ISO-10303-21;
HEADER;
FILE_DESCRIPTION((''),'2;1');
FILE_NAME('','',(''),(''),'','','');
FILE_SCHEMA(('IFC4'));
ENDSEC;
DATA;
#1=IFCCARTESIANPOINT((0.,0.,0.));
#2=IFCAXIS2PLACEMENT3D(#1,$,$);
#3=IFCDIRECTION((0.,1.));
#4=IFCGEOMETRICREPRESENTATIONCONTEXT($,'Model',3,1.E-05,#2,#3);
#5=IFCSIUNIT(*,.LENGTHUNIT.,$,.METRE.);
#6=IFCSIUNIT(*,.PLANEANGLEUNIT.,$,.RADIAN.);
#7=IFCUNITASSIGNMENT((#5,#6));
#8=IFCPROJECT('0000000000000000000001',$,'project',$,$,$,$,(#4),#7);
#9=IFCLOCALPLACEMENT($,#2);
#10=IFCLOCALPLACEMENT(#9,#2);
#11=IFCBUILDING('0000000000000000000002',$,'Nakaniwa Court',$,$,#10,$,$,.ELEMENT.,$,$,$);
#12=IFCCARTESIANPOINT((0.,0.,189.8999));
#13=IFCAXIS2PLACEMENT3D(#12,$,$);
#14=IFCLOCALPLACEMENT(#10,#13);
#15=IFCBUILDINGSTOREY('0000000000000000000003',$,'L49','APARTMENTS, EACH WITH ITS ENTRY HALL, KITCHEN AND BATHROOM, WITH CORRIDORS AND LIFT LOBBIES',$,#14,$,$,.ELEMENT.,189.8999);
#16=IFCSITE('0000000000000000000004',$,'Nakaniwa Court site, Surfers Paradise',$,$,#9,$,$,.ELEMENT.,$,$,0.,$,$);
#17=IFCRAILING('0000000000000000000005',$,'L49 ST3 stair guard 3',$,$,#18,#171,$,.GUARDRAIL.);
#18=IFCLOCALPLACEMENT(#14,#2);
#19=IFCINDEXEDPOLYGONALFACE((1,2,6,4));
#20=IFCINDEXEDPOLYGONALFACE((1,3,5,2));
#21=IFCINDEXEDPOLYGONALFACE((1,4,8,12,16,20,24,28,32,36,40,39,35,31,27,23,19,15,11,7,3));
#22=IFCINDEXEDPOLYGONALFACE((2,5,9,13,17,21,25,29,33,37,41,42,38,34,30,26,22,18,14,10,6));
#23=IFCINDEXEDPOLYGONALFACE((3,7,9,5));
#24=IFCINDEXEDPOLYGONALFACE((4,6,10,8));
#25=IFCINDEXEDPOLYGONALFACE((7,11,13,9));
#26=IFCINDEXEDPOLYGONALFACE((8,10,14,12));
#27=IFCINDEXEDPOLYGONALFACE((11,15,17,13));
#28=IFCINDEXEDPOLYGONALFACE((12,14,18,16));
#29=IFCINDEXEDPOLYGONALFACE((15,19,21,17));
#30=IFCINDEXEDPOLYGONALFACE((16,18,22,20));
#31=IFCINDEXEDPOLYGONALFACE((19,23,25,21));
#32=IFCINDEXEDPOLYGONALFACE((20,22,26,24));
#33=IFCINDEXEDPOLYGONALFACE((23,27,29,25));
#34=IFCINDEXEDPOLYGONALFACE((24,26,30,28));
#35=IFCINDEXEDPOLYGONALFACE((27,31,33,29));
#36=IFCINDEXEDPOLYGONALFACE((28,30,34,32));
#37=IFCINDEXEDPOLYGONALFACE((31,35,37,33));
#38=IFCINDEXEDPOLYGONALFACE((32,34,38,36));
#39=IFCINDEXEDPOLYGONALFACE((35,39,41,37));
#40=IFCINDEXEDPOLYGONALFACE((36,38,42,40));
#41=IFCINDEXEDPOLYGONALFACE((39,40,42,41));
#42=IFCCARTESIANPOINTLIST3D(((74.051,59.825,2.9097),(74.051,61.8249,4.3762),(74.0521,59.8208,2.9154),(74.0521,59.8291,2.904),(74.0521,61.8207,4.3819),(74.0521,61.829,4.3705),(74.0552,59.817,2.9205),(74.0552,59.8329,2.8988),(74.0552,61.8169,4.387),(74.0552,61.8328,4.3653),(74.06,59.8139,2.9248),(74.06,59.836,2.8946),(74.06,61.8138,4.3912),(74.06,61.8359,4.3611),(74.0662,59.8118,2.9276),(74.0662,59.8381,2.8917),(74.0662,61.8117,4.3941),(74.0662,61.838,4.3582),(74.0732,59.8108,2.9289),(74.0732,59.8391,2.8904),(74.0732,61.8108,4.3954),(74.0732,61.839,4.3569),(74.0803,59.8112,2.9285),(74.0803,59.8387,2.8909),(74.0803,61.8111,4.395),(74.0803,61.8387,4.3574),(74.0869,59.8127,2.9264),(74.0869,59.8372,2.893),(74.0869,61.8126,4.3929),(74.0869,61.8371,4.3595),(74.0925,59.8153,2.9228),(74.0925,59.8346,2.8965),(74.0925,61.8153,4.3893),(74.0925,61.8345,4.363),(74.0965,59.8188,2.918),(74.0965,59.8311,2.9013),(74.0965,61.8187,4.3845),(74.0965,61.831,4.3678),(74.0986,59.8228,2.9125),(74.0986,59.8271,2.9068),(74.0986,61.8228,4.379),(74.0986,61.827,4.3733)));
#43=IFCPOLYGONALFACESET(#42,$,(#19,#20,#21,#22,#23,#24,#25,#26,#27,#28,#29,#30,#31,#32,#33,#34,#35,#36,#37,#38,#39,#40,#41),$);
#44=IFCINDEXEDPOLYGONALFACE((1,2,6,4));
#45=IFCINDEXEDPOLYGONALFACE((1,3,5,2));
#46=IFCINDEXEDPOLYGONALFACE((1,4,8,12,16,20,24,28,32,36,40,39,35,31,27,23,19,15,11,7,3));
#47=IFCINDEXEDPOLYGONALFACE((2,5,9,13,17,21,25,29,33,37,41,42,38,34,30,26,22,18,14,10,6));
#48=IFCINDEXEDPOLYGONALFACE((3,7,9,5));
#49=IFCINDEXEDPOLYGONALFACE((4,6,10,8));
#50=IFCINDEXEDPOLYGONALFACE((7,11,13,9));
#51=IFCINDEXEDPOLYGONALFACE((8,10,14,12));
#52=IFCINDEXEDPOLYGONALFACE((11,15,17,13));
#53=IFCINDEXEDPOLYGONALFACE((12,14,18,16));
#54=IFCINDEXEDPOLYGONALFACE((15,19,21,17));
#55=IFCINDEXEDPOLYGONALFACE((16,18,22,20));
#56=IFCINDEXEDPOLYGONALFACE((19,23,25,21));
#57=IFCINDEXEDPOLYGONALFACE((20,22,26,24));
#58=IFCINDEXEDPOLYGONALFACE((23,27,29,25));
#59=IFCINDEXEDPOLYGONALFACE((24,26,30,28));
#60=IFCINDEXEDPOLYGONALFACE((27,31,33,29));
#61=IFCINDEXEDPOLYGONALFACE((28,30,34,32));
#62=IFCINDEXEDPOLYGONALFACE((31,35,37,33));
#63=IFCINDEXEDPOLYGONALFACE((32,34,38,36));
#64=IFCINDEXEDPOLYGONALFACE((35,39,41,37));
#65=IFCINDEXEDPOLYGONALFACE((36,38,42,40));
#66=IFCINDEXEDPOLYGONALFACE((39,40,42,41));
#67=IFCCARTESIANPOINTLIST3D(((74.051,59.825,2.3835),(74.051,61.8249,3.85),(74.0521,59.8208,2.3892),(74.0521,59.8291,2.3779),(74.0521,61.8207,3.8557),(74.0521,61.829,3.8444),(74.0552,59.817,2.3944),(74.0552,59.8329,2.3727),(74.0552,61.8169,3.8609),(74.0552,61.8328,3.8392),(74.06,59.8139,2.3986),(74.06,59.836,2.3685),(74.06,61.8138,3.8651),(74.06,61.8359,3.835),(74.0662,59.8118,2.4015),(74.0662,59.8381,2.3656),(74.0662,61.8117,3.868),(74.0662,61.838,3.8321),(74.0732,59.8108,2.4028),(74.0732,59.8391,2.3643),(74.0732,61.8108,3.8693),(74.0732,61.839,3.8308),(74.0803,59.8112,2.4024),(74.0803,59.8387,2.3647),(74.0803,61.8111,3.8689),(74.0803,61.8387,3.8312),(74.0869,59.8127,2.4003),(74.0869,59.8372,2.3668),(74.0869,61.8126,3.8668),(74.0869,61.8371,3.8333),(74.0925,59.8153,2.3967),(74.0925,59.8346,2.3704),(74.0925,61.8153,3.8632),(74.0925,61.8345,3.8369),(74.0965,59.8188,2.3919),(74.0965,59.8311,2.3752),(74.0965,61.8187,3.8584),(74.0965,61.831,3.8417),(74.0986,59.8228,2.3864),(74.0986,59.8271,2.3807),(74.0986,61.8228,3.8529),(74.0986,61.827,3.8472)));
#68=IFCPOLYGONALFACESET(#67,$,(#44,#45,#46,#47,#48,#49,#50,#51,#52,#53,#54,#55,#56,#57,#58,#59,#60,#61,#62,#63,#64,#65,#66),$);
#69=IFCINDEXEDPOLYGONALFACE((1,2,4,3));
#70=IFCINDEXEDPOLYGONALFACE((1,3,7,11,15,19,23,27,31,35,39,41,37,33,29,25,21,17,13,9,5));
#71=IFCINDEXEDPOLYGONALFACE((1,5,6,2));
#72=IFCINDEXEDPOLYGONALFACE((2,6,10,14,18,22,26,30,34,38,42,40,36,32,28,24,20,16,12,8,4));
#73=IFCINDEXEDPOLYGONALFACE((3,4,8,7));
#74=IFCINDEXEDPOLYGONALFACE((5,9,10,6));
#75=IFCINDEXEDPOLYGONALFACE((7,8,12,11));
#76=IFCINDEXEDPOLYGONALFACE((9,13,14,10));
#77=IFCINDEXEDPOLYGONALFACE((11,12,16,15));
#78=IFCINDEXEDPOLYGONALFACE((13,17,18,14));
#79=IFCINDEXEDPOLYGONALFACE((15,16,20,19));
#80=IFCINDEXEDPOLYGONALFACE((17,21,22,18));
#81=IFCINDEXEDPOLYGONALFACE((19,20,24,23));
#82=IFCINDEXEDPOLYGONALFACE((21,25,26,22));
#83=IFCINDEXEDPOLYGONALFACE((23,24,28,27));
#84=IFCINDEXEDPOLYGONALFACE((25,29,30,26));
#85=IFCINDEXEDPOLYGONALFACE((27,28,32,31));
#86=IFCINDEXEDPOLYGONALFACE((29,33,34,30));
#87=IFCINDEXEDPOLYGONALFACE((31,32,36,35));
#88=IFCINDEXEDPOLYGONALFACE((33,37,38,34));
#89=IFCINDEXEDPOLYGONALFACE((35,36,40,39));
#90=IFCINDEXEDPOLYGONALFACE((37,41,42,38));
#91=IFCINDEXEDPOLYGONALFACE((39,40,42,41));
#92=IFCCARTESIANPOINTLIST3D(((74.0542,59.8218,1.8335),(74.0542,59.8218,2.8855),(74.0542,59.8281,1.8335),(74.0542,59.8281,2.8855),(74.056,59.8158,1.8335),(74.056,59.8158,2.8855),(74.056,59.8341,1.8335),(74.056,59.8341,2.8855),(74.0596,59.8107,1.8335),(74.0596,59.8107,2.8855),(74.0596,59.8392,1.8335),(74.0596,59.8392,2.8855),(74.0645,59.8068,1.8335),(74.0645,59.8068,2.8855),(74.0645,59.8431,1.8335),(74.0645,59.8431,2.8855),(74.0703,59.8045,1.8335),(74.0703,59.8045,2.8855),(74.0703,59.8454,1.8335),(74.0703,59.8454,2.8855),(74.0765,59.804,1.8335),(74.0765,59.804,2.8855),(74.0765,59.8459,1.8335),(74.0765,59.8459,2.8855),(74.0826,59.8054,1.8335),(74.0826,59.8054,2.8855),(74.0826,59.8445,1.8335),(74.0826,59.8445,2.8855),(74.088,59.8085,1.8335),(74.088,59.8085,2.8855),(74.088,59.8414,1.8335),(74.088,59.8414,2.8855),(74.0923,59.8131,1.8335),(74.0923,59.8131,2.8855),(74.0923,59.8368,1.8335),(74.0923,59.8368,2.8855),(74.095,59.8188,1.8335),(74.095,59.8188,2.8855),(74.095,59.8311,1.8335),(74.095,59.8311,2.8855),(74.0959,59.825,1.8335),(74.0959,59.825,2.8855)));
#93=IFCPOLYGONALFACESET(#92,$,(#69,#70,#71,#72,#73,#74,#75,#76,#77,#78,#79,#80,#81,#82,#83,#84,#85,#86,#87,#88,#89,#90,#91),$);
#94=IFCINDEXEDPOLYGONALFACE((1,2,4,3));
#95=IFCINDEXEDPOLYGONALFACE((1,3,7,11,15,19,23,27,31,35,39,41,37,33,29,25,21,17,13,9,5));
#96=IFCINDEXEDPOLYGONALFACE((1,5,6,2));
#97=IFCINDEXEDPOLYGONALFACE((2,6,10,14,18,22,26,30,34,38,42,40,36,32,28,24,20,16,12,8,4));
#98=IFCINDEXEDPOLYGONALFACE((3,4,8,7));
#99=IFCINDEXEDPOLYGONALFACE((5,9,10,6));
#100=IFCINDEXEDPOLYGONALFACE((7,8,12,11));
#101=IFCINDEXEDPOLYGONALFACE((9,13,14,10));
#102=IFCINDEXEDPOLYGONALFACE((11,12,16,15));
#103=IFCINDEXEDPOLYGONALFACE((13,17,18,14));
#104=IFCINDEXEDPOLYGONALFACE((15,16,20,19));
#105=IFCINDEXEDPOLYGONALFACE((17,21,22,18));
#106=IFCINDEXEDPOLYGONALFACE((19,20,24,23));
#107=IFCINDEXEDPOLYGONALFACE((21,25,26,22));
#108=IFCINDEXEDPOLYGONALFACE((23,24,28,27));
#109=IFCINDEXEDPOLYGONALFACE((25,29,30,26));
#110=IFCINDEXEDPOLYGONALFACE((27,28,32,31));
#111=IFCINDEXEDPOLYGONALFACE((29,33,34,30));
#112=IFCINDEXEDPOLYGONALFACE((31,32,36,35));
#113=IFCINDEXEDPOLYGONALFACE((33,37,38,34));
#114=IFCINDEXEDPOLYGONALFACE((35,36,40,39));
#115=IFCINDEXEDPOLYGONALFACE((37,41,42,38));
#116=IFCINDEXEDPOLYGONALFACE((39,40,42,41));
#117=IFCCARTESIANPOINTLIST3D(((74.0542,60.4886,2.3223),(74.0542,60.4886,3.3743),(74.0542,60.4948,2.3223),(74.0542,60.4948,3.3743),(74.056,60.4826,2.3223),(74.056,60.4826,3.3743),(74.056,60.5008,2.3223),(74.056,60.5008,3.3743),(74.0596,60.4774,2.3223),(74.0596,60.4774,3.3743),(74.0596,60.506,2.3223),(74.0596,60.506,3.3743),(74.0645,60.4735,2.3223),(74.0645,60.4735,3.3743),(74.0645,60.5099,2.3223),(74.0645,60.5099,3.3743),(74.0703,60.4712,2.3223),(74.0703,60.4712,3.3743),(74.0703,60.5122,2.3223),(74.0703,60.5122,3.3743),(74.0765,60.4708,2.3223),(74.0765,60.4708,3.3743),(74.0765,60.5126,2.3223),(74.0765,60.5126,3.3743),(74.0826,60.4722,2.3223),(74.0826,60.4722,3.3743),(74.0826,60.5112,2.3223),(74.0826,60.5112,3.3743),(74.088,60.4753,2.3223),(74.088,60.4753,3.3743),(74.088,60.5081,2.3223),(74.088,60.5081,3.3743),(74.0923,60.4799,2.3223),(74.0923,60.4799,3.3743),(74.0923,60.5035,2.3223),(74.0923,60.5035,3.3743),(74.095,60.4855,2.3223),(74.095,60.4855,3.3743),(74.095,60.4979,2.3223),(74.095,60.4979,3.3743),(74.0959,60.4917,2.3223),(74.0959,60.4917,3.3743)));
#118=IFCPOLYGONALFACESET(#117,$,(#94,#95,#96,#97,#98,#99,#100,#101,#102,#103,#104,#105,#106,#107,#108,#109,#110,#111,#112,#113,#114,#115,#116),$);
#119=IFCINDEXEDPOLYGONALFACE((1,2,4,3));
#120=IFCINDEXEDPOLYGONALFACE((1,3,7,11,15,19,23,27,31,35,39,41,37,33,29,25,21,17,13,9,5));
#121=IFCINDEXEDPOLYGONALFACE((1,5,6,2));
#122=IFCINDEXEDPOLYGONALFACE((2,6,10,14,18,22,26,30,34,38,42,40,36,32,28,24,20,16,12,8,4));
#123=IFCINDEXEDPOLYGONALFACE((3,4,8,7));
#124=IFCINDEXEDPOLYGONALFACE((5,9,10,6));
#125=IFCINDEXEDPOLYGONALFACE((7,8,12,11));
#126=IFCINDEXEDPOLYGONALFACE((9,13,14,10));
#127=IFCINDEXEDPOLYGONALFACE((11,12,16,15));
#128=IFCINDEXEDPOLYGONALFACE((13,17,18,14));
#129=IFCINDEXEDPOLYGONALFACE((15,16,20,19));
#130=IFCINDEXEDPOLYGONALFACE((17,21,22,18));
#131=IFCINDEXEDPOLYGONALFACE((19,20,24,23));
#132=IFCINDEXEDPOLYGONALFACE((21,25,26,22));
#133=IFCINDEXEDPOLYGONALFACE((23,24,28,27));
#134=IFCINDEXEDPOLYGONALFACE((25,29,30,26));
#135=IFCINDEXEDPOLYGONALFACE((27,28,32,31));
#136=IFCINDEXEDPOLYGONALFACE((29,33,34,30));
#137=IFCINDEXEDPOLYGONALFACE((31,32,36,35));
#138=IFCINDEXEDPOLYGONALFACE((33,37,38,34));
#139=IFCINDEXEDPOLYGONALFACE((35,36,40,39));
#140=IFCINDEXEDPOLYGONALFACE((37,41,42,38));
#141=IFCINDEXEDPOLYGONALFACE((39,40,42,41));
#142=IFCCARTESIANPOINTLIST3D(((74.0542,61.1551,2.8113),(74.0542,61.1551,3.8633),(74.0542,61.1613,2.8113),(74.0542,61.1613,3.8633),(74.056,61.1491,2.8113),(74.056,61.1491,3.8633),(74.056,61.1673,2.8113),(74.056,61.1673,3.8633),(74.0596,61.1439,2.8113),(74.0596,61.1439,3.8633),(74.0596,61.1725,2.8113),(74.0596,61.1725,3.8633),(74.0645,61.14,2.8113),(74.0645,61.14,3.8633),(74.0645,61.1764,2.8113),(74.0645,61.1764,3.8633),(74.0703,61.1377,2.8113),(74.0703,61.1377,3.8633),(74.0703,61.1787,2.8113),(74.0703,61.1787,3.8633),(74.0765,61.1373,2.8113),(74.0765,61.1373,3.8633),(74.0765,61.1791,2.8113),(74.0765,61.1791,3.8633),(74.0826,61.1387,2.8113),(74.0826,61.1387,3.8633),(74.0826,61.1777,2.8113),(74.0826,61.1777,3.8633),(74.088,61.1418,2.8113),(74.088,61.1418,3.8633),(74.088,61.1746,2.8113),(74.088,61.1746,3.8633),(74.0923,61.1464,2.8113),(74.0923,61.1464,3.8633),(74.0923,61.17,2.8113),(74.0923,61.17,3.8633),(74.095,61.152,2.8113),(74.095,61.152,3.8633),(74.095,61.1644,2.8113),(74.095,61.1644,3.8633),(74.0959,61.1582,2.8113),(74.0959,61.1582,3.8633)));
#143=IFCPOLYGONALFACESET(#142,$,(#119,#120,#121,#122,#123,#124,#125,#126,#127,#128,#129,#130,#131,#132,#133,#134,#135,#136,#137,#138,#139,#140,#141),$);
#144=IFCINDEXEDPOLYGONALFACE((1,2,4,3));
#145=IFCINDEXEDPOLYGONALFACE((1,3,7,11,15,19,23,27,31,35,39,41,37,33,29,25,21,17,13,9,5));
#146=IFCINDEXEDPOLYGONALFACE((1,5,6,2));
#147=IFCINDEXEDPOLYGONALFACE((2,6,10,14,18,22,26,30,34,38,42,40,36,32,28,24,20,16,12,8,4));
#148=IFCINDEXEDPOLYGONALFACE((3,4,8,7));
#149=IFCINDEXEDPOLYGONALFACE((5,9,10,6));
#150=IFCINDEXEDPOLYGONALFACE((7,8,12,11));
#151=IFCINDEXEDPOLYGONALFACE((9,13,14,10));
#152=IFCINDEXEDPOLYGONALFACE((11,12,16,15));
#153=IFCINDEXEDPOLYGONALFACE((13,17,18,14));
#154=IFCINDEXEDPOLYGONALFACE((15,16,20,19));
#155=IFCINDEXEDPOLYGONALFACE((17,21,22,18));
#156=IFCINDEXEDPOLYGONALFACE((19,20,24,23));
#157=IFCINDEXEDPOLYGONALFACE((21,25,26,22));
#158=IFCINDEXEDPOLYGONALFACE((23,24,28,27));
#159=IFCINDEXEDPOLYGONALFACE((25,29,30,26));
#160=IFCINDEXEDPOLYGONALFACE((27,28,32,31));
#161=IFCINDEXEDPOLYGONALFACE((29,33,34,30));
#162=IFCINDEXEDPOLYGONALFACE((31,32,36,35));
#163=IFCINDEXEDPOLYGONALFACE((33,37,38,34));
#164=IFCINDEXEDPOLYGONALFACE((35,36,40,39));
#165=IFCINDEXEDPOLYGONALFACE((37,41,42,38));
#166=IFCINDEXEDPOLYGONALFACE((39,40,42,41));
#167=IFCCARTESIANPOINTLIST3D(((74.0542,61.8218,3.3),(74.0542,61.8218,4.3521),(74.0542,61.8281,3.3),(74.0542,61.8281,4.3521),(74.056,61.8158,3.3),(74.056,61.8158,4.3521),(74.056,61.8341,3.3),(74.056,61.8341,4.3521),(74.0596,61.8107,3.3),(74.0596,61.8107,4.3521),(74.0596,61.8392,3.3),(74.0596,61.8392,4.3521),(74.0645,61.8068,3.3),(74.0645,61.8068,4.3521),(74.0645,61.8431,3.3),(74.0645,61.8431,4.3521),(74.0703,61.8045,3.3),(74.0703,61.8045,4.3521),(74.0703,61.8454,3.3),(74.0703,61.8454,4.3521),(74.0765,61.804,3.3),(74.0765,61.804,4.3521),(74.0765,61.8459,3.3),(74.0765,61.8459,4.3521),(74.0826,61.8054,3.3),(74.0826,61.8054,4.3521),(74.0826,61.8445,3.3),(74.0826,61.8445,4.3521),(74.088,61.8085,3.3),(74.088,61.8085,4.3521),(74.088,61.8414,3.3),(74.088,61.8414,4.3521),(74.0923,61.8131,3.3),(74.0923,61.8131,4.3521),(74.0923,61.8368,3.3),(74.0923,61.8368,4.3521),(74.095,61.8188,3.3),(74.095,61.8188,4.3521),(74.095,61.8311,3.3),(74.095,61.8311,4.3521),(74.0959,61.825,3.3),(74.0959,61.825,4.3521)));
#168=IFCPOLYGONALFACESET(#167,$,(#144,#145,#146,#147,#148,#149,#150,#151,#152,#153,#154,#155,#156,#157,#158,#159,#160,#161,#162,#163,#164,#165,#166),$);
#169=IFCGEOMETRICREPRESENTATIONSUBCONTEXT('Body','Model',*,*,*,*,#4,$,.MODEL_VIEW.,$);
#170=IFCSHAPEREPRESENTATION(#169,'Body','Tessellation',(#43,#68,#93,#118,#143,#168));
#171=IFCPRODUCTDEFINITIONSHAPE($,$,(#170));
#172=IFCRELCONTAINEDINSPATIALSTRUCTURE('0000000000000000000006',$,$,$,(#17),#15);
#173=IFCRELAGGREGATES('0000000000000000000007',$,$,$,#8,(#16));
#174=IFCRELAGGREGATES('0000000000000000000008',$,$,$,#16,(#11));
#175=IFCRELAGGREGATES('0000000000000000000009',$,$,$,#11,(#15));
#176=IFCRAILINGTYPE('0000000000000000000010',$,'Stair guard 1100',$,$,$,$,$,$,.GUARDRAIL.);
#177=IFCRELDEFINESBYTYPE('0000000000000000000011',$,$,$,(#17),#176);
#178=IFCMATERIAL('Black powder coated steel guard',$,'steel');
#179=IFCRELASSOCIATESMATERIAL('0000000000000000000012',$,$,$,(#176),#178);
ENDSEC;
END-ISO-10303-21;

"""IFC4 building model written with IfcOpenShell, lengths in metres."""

from ifc_helpers import new_model, si_unit, direction, frame, origin, origin_2d, place, context, subcontext, project, spatial, circle, extrude, material, type_object, element, save


model = new_model("IFC4")

# Units and contexts
model_context = context("Model", 3, precision=1e-05, world=origin(), true_north=direction((0.0, 1.0)))
body_context = subcontext(model_context, "Body", "Model", "MODEL_VIEW")
ifc_project = project(units=[si_unit("LENGTHUNIT", "METRE"), si_unit("PLANEANGLEUNIT", "RADIAN")], contexts=[model_context])

# Site, building, storey
site_placement = place(None, origin())
site = spatial("IfcSite", under=ifc_project, at=site_placement, Name="Nakaniwa Court site, Surfers Paradise", CompositionType="ELEMENT", RefElevation=0.0)
building_placement = place(site_placement, origin())
building = spatial("IfcBuilding", under=site, at=building_placement, Name="Nakaniwa Court", CompositionType="ELEMENT")
storey_placement = place(building_placement, frame((0.0, 0.0, 189.8999)))
storey = spatial("IfcBuildingStorey", under=building, at=storey_placement, Name="L49", Description="APARTMENTS, EACH WITH ITS ENTRY HALL, KITCHEN AND BATHROOM, WITH CORRIDORS AND LIFT LOBBIES", CompositionType="ELEMENT", Elevation=189.8999)

# Railing
ifc_material_1 = material(Name="Black powder coated steel guard", Category="steel")
railing_type_1 = type_object("IfcRailingType", Name="Stair guard 1100", PredefinedType="GUARDRAIL", material=ifc_material_1)
railing_1_placement = place(storey_placement, frame((74.075, 59.825, 1.8335)))
element("IfcRailing", 1, at=railing_1_placement, inside=storey, type_object=railing_type_1, Name="L49 ST3 stair guard 3", PredefinedType="GUARDRAIL", context=body_context, shape_type="SweptSolid", body=[
    extrude(circle(Radius=0.0239, at=origin_2d()), frame((0.0, 0.0, 1.0762), z_axis=(0.0, 0.806427, 0.591334), x_axis=(-1.0, 0.0, 0.0)), (0.0, 0.0, 1.0), 2.48),
    extrude(circle(Radius=0.0239, at=origin_2d()), frame((0.0, 0.0, 0.55), z_axis=(0.0, 0.806427, 0.591334), x_axis=(-1.0, 0.0, 0.0)), (0.0, 0.0, 1.0), 2.48),
    extrude(circle(Radius=0.021, at=origin_2d()), origin(), (0.0, 0.0, 1.0), 1.052),
    extrude(circle(Radius=0.021, at=origin_2d()), frame((0.0, 0.6667, 0.4888)), (0.0, 0.0, 1.0), 1.052),
    extrude(circle(Radius=0.021, at=origin_2d()), frame((0.0, 1.3333, 0.9778)), (0.0, 0.0, 1.0), 1.052),
    extrude(circle(Radius=0.021, at=origin_2d()), frame((0.0, 2.0, 1.4666)), (0.0, 0.0, 1.0), 1.052),
])

save(model, "model.ifc")
